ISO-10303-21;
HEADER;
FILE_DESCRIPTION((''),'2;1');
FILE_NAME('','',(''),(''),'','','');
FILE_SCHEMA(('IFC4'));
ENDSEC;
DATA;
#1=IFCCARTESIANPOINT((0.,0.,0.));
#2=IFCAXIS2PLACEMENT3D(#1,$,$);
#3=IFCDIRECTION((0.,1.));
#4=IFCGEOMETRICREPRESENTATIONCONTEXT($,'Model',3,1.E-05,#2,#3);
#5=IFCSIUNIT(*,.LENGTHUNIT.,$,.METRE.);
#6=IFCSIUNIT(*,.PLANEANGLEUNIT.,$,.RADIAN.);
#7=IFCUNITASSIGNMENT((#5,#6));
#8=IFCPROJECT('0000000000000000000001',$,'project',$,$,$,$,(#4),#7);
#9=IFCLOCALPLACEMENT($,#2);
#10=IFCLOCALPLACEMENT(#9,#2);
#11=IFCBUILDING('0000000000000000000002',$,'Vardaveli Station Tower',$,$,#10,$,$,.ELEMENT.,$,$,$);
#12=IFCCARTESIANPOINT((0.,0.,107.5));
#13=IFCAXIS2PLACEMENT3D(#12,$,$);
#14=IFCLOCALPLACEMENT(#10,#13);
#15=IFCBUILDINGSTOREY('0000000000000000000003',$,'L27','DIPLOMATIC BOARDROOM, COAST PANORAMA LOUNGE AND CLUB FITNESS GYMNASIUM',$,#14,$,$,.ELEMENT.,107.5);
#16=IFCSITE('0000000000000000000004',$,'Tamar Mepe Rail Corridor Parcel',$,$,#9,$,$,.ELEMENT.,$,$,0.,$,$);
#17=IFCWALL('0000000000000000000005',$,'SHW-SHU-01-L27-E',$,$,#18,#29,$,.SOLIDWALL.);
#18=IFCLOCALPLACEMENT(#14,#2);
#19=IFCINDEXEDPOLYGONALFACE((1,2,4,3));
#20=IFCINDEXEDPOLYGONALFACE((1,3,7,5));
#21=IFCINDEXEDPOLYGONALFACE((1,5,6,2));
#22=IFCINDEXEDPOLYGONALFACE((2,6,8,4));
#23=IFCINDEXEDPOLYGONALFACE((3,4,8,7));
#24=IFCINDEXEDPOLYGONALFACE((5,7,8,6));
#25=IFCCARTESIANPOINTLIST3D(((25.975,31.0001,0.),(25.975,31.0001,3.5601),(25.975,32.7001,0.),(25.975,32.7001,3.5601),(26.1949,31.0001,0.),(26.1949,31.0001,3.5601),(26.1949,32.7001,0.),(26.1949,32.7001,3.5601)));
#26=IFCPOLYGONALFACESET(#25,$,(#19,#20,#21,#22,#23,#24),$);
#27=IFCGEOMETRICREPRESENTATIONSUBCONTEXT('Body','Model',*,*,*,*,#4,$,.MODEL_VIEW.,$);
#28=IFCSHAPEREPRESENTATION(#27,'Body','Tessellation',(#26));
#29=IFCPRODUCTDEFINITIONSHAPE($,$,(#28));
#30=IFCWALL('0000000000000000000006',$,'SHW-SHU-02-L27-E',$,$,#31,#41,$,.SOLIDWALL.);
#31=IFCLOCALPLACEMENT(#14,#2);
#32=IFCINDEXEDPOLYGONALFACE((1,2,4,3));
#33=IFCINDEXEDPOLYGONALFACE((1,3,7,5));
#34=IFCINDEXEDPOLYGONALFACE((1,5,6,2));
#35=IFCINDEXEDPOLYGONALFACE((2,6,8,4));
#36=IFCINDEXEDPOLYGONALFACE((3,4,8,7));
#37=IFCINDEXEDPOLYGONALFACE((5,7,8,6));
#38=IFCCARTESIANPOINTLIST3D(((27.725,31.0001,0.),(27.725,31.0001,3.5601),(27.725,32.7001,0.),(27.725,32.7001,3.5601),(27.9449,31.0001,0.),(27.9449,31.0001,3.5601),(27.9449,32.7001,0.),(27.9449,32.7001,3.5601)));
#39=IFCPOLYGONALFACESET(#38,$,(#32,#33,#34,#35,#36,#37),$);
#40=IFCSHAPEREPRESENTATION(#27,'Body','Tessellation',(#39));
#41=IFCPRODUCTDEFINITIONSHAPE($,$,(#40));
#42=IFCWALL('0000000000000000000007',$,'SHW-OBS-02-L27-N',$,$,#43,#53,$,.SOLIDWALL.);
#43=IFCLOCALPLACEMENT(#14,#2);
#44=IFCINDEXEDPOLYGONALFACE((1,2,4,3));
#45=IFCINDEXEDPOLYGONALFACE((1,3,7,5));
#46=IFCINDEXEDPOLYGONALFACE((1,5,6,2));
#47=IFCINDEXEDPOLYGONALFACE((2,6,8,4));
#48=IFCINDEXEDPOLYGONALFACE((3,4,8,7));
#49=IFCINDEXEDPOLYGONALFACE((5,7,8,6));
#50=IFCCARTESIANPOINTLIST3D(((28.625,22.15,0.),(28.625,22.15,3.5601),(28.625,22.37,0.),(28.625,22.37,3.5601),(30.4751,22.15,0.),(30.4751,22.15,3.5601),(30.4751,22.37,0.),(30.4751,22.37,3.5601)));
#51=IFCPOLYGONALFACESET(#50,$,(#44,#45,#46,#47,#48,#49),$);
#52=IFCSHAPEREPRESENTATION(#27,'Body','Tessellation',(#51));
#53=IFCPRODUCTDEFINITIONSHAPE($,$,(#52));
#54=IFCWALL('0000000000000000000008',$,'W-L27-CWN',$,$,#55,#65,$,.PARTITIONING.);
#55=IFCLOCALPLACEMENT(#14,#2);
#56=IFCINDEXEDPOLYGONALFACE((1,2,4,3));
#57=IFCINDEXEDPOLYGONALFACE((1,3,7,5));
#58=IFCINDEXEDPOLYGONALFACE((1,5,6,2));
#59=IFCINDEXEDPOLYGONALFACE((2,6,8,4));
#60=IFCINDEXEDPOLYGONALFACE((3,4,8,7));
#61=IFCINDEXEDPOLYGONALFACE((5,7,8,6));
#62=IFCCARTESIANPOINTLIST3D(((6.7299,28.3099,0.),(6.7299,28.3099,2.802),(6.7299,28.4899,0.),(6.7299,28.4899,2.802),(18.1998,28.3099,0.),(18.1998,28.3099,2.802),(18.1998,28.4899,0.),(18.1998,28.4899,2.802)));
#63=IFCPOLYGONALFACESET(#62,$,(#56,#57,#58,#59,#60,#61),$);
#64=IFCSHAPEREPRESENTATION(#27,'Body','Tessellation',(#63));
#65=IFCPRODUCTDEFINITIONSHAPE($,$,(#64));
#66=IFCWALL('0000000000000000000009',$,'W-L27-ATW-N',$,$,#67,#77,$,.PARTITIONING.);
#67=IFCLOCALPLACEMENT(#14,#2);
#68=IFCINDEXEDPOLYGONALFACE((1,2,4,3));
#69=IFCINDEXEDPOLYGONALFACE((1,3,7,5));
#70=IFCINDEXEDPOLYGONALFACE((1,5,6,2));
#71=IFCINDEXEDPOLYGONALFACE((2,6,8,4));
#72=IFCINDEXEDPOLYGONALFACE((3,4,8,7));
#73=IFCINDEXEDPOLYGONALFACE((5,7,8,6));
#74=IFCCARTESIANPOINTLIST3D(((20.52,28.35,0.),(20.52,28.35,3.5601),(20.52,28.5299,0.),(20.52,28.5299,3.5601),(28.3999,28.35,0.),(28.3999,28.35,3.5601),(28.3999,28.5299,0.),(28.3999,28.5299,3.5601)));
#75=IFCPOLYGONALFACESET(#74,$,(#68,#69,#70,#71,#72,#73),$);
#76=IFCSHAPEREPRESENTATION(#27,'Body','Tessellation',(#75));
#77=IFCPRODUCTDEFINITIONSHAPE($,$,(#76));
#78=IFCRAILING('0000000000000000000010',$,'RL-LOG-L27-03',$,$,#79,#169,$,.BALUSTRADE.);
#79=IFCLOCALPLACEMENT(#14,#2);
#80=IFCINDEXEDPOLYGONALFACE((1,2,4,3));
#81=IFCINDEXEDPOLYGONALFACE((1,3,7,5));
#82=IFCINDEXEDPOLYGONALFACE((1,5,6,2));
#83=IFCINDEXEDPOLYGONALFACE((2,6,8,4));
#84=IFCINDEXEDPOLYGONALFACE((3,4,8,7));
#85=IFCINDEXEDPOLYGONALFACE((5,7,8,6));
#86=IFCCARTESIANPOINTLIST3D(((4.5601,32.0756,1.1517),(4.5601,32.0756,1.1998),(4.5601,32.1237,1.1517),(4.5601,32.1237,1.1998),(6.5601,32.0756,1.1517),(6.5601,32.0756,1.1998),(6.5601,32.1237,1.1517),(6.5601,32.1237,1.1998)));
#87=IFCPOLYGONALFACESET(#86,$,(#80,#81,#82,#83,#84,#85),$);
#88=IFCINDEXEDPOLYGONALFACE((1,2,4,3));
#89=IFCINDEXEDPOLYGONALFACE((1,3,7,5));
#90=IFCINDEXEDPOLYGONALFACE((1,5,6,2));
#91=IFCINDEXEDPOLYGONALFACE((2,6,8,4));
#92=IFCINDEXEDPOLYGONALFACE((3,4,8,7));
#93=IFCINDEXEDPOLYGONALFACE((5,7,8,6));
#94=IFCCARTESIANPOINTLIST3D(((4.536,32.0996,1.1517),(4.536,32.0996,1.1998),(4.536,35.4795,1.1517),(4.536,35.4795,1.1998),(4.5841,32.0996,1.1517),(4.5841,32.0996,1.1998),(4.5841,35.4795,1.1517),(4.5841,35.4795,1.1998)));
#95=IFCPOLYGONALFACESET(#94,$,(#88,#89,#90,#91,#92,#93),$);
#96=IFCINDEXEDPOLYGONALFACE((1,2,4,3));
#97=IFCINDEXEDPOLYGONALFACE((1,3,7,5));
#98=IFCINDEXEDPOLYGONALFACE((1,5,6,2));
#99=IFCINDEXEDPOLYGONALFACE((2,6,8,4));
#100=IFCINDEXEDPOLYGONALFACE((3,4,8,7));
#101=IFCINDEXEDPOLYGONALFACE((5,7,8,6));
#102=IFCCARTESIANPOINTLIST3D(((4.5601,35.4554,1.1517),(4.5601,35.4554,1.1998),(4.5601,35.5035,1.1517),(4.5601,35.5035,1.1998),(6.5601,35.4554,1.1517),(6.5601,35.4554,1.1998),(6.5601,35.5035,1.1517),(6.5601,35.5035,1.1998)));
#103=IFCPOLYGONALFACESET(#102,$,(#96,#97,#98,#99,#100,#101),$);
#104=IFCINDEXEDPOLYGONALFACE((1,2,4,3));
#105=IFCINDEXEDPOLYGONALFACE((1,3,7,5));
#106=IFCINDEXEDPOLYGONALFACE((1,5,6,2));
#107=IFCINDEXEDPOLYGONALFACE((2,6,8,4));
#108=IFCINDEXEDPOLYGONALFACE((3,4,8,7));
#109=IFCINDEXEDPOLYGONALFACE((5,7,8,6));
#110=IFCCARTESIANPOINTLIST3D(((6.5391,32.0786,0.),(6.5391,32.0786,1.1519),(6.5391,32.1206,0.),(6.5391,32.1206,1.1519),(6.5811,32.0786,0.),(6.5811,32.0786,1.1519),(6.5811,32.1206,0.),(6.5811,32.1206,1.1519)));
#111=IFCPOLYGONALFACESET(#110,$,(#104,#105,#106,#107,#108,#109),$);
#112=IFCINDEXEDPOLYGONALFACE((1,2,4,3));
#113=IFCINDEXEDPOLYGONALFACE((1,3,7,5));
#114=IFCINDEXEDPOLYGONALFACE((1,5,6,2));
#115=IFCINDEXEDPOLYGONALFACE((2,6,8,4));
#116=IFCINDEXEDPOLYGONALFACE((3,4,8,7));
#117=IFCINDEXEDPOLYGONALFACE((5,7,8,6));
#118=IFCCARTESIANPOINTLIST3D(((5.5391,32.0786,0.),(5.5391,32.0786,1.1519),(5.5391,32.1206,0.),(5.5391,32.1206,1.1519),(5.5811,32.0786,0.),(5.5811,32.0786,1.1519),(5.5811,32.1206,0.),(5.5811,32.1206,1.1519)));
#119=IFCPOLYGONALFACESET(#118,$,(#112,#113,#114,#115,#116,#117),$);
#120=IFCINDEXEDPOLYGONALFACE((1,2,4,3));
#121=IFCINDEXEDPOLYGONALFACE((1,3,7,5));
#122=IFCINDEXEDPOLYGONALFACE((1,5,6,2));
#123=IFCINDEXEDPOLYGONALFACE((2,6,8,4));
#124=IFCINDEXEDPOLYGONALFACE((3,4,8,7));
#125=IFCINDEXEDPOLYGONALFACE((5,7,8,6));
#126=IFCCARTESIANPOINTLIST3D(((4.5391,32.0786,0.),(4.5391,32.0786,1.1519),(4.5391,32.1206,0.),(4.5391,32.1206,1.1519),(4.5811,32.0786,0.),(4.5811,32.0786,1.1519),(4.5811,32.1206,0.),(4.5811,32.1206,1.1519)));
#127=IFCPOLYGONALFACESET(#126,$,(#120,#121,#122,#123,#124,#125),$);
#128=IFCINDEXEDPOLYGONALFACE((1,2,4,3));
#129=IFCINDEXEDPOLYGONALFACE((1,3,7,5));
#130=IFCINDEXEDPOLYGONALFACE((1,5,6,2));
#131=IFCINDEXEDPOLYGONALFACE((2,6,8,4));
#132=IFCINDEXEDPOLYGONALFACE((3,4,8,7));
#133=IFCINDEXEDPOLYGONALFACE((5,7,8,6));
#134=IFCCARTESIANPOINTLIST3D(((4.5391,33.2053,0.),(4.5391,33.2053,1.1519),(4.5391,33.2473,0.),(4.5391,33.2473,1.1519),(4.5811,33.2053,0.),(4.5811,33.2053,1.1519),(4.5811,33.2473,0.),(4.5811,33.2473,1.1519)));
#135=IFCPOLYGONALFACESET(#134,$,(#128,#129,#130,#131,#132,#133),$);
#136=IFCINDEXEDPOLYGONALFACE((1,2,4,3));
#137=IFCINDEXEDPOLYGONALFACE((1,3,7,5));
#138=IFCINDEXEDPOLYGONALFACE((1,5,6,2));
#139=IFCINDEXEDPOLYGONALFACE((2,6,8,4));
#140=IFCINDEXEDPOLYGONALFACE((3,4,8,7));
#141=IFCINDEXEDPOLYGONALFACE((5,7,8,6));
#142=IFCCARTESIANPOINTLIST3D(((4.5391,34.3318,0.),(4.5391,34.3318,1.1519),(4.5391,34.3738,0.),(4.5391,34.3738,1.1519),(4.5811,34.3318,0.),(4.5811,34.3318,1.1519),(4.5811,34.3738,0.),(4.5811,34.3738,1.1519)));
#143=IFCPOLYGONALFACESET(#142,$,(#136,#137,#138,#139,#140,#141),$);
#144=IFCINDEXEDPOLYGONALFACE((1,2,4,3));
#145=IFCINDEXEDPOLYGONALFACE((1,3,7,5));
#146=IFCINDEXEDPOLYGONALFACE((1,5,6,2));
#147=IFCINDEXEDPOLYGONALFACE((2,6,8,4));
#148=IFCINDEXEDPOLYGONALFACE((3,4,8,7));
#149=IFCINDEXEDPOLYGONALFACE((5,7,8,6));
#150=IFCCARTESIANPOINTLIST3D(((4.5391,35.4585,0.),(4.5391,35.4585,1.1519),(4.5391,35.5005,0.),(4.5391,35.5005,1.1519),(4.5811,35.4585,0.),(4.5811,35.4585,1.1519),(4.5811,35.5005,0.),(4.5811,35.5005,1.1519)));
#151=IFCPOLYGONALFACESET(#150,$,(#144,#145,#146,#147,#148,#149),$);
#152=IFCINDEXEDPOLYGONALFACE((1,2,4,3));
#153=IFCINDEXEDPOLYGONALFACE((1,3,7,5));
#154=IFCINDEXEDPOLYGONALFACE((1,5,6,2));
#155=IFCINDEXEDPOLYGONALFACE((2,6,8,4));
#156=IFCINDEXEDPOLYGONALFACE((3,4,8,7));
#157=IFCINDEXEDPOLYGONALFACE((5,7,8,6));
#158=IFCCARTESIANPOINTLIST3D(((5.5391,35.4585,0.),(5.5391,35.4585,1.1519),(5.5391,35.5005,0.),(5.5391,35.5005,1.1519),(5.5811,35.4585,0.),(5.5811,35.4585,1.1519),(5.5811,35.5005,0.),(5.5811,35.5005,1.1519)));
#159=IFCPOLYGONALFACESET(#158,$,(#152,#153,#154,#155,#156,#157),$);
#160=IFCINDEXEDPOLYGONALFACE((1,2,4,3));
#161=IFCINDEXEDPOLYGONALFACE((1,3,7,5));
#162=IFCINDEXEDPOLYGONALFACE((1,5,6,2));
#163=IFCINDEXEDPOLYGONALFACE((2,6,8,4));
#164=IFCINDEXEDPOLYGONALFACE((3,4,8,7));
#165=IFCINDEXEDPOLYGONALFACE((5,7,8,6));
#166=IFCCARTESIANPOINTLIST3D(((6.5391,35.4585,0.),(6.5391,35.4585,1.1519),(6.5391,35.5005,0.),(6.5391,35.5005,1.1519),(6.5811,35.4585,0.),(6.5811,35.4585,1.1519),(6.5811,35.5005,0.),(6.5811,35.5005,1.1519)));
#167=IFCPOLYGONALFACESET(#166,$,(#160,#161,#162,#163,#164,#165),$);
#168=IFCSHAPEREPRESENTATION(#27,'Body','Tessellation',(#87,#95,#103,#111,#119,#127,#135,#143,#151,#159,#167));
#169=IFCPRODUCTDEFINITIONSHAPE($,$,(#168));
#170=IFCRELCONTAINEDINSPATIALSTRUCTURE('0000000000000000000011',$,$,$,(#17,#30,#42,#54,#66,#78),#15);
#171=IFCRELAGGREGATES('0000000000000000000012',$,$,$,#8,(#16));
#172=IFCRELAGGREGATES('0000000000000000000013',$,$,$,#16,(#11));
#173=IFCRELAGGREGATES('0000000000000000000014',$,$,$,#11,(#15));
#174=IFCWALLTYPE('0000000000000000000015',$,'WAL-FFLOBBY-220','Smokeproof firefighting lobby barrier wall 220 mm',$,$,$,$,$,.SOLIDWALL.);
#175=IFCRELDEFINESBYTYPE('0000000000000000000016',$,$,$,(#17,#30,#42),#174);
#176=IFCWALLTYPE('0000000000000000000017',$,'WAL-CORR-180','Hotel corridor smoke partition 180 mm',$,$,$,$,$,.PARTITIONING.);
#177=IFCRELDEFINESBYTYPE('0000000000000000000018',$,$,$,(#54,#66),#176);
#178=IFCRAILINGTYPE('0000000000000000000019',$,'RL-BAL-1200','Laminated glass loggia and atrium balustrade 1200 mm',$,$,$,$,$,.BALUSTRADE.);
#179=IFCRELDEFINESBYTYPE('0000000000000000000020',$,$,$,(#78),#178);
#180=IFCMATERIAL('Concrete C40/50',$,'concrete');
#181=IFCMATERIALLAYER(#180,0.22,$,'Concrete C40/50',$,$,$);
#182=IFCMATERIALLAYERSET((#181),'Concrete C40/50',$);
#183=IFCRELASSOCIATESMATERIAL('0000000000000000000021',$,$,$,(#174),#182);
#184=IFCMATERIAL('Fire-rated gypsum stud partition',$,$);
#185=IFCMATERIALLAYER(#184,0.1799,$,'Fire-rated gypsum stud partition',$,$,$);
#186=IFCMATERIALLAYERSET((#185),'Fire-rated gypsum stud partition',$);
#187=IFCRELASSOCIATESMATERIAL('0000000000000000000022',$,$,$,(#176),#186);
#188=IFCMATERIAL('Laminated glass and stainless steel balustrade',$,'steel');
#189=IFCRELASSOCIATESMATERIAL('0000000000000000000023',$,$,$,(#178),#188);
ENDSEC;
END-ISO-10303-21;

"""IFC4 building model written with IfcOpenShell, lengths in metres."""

from ifc_helpers import new_model, si_unit, direction, frame, frame_2d, origin, origin_2d, place, context, subcontext, project, spatial, rectangle, extrude, source, transform, mapped, material, layer, layer_set, type_object, element, save


model = new_model("IFC4")

# Units and contexts
model_context = context("Model", 3, precision=1e-05, world=origin(), true_north=direction((0.0, 1.0)))
body_context = subcontext(model_context, "Body", "Model", "MODEL_VIEW")
ifc_project = project(units=[si_unit("LENGTHUNIT", "METRE"), si_unit("PLANEANGLEUNIT", "RADIAN")], contexts=[model_context])

# Site, building, storey
site_placement = place(None, origin())
site = spatial("IfcSite", under=ifc_project, at=site_placement, Name="Tamar Mepe Rail Corridor Parcel", CompositionType="ELEMENT", RefElevation=0.0)
building_placement = place(site_placement, origin())
building = spatial("IfcBuilding", under=site, at=building_placement, Name="Vardaveli Station Tower", CompositionType="ELEMENT")
storey_placement = place(building_placement, frame((0.0, 0.0, 107.5)))
storey = spatial("IfcBuildingStorey", under=building, at=storey_placement, Name="L27", Description="DIPLOMATIC BOARDROOM, COAST PANORAMA LOUNGE AND CLUB FITNESS GYMNASIUM", CompositionType="ELEMENT", Elevation=107.5)

# Shared definitions
ifc_material_1 = material(Name="Concrete C40/50", Category="concrete")

# Walls
ifc_layer_1 = layer(ifc_material_1, 0.22, Name="Concrete C40/50")
ifc_layer_set_1 = layer_set([ifc_layer_1], Name="Concrete C40/50")
wall_type_1 = type_object("IfcWallType", Name="WAL-FFLOBBY-220", Description="Smokeproof firefighting lobby barrier wall 220 mm", PredefinedType="SOLIDWALL", material=ifc_layer_set_1)
shared_shape_1 = source(origin(), body_context, "Body", "SweptSolid", [
    extrude(rectangle(XDim=1.7, YDim=0.22, at=frame_2d((0.8501, 0.0))), origin(), (0.0, 0.0, 1.0), 3.5601),
])
for number, where, z_axis, x_axis, name in (
    (1, (26.085, 31.0, 0.0), (0.0, 0.0, 1.0), (0.0, 1.0, 0.0), "SHW-SHU-01-L27-E"),
    (2, (27.835, 31.0, 0.0), (0.0, 0.0, 1.0), (0.0, 1.0, 0.0), "SHW-SHU-02-L27-E"),
):
    element("IfcWall", number, at=place(storey_placement, frame(where, z_axis=z_axis, x_axis=x_axis)), inside=storey, type_object=wall_type_1, Name=name, PredefinedType="SOLIDWALL", context=body_context, shape_type="MappedRepresentation", body=[
        mapped(shared_shape_1, transform((0.0, 0.0, 0.0), scale=1.0)),
    ])
shared_shape_2 = source(origin(), body_context, "Body", "SweptSolid", [
    extrude(rectangle(XDim=1.8501, YDim=0.22, at=frame_2d((0.925, 0.0))), origin(), (0.0, 0.0, 1.0), 3.5601),
])
wall_1_placement = place(storey_placement, frame((28.625, 22.26, 0.0), z_axis=(0.0, 0.0, 1.0), x_axis=(1.0, 0.0, 0.0)))
element("IfcWall", 3, at=wall_1_placement, inside=storey, type_object=wall_type_1, Name="SHW-OBS-02-L27-N", PredefinedType="SOLIDWALL", context=body_context, shape_type="MappedRepresentation", body=[
    mapped(shared_shape_2, transform((0.0, 0.0, 0.0), scale=1.0)),
])
ifc_material_2 = material(Name="Fire-rated gypsum stud partition")
ifc_layer_2 = layer(ifc_material_2, 0.1799, Name="Fire-rated gypsum stud partition")
ifc_layer_set_2 = layer_set([ifc_layer_2], Name="Fire-rated gypsum stud partition")
wall_type_2 = type_object("IfcWallType", Name="WAL-CORR-180", Description="Hotel corridor smoke partition 180 mm", PredefinedType="PARTITIONING", material=ifc_layer_set_2)
shared_shape_3 = source(origin(), body_context, "Body", "SweptSolid", [
    extrude(rectangle(XDim=11.47, YDim=0.1799, at=frame_2d((5.7349, 0.0))), origin(), (0.0, 0.0, 1.0), 2.802),
])
wall_2_placement = place(storey_placement, frame((6.73, 28.3999, 0.0), z_axis=(0.0, 0.0, 1.0), x_axis=(1.0, 0.0, 0.0)))
element("IfcWall", 4, at=wall_2_placement, inside=storey, type_object=wall_type_2, Name="W-L27-CWN", PredefinedType="PARTITIONING", context=body_context, shape_type="MappedRepresentation", body=[
    mapped(shared_shape_3, transform((0.0, 0.0, 0.0), scale=1.0)),
])
shared_shape_4 = source(origin(), body_context, "Body", "SweptSolid", [
    extrude(rectangle(XDim=7.8799, YDim=0.1799, at=frame_2d((3.9399, 0.0))), origin(), (0.0, 0.0, 1.0), 3.5601),
])
wall_3_placement = place(storey_placement, frame((20.52, 28.4399, 0.0), z_axis=(0.0, 0.0, 1.0), x_axis=(1.0, 0.0, 0.0)))
element("IfcWall", 5, at=wall_3_placement, inside=storey, type_object=wall_type_2, Name="W-L27-ATW-N", PredefinedType="PARTITIONING", context=body_context, shape_type="MappedRepresentation", body=[
    mapped(shared_shape_4, transform((0.0, 0.0, 0.0), scale=1.0)),
])

# Railing
ifc_material_3 = material(Name="Laminated glass and stainless steel balustrade", Category="steel")
railing_type = type_object("IfcRailingType", Name="RL-BAL-1200", Description="Laminated glass loggia and atrium balustrade 1200 mm", PredefinedType="BALUSTRADE", material=ifc_material_3)
shared_shape_5 = source(origin(), body_context, "Body", "SweptSolid", [
    extrude(rectangle(XDim=0.0481, YDim=0.0481, at=origin_2d()), frame((0.0, 0.0, 1.1758), z_axis=(-1.0, 0.0, 0.0), x_axis=(0.0, -1.0, 0.0)), (0.0, 0.0, 1.0), 2.0),
    extrude(rectangle(XDim=0.0481, YDim=0.0481, at=origin_2d()), frame((-2.0, 0.0, 1.1758), z_axis=(0.0, 1.0, 0.0), x_axis=(-1.0, 0.0, 0.0)), (0.0, 0.0, 1.0), 3.3799),
    extrude(rectangle(XDim=0.0481, YDim=0.0481, at=origin_2d()), frame((-2.0, 3.3799, 1.1758), z_axis=(1.0, 0.0, 0.0), x_axis=(0.0, 1.0, 0.0)), (0.0, 0.0, 1.0), 2.0),
    extrude(rectangle(XDim=0.042, YDim=0.042, at=origin_2d()), origin(), (0.0, 0.0, 1.0), 1.1519),
    extrude(rectangle(XDim=0.042, YDim=0.042, at=origin_2d()), frame((-1.0, 0.0, 0.0)), (0.0, 0.0, 1.0), 1.1519),
    extrude(rectangle(XDim=0.042, YDim=0.042, at=origin_2d()), frame((-2.0, 0.0, 0.0)), (0.0, 0.0, 1.0), 1.1519),
    extrude(rectangle(XDim=0.042, YDim=0.042, at=origin_2d()), frame((-2.0, 1.1267, 0.0)), (0.0, 0.0, 1.0), 1.1519),
    extrude(rectangle(XDim=0.042, YDim=0.042, at=origin_2d()), frame((-2.0, 2.2532, 0.0)), (0.0, 0.0, 1.0), 1.1519),
    extrude(rectangle(XDim=0.042, YDim=0.042, at=origin_2d()), frame((-2.0, 3.3799, 0.0)), (0.0, 0.0, 1.0), 1.1519),
    extrude(rectangle(XDim=0.042, YDim=0.042, at=origin_2d()), frame((-1.0, 3.3799, 0.0)), (0.0, 0.0, 1.0), 1.1519),
    extrude(rectangle(XDim=0.042, YDim=0.042, at=origin_2d()), frame((0.0, 3.3799, 0.0)), (0.0, 0.0, 1.0), 1.1519),
])
railing_placement = place(storey_placement, frame((6.5601, 32.0996, 0.0)))
element("IfcRailing", 6, at=railing_placement, inside=storey, type_object=railing_type, Name="RL-LOG-L27-03", PredefinedType="BALUSTRADE", context=body_context, shape_type="MappedRepresentation", body=[
    mapped(shared_shape_5, transform((0.0, 0.0, 0.0), scale=1.0)),
])

save(model, "model.ifc")
